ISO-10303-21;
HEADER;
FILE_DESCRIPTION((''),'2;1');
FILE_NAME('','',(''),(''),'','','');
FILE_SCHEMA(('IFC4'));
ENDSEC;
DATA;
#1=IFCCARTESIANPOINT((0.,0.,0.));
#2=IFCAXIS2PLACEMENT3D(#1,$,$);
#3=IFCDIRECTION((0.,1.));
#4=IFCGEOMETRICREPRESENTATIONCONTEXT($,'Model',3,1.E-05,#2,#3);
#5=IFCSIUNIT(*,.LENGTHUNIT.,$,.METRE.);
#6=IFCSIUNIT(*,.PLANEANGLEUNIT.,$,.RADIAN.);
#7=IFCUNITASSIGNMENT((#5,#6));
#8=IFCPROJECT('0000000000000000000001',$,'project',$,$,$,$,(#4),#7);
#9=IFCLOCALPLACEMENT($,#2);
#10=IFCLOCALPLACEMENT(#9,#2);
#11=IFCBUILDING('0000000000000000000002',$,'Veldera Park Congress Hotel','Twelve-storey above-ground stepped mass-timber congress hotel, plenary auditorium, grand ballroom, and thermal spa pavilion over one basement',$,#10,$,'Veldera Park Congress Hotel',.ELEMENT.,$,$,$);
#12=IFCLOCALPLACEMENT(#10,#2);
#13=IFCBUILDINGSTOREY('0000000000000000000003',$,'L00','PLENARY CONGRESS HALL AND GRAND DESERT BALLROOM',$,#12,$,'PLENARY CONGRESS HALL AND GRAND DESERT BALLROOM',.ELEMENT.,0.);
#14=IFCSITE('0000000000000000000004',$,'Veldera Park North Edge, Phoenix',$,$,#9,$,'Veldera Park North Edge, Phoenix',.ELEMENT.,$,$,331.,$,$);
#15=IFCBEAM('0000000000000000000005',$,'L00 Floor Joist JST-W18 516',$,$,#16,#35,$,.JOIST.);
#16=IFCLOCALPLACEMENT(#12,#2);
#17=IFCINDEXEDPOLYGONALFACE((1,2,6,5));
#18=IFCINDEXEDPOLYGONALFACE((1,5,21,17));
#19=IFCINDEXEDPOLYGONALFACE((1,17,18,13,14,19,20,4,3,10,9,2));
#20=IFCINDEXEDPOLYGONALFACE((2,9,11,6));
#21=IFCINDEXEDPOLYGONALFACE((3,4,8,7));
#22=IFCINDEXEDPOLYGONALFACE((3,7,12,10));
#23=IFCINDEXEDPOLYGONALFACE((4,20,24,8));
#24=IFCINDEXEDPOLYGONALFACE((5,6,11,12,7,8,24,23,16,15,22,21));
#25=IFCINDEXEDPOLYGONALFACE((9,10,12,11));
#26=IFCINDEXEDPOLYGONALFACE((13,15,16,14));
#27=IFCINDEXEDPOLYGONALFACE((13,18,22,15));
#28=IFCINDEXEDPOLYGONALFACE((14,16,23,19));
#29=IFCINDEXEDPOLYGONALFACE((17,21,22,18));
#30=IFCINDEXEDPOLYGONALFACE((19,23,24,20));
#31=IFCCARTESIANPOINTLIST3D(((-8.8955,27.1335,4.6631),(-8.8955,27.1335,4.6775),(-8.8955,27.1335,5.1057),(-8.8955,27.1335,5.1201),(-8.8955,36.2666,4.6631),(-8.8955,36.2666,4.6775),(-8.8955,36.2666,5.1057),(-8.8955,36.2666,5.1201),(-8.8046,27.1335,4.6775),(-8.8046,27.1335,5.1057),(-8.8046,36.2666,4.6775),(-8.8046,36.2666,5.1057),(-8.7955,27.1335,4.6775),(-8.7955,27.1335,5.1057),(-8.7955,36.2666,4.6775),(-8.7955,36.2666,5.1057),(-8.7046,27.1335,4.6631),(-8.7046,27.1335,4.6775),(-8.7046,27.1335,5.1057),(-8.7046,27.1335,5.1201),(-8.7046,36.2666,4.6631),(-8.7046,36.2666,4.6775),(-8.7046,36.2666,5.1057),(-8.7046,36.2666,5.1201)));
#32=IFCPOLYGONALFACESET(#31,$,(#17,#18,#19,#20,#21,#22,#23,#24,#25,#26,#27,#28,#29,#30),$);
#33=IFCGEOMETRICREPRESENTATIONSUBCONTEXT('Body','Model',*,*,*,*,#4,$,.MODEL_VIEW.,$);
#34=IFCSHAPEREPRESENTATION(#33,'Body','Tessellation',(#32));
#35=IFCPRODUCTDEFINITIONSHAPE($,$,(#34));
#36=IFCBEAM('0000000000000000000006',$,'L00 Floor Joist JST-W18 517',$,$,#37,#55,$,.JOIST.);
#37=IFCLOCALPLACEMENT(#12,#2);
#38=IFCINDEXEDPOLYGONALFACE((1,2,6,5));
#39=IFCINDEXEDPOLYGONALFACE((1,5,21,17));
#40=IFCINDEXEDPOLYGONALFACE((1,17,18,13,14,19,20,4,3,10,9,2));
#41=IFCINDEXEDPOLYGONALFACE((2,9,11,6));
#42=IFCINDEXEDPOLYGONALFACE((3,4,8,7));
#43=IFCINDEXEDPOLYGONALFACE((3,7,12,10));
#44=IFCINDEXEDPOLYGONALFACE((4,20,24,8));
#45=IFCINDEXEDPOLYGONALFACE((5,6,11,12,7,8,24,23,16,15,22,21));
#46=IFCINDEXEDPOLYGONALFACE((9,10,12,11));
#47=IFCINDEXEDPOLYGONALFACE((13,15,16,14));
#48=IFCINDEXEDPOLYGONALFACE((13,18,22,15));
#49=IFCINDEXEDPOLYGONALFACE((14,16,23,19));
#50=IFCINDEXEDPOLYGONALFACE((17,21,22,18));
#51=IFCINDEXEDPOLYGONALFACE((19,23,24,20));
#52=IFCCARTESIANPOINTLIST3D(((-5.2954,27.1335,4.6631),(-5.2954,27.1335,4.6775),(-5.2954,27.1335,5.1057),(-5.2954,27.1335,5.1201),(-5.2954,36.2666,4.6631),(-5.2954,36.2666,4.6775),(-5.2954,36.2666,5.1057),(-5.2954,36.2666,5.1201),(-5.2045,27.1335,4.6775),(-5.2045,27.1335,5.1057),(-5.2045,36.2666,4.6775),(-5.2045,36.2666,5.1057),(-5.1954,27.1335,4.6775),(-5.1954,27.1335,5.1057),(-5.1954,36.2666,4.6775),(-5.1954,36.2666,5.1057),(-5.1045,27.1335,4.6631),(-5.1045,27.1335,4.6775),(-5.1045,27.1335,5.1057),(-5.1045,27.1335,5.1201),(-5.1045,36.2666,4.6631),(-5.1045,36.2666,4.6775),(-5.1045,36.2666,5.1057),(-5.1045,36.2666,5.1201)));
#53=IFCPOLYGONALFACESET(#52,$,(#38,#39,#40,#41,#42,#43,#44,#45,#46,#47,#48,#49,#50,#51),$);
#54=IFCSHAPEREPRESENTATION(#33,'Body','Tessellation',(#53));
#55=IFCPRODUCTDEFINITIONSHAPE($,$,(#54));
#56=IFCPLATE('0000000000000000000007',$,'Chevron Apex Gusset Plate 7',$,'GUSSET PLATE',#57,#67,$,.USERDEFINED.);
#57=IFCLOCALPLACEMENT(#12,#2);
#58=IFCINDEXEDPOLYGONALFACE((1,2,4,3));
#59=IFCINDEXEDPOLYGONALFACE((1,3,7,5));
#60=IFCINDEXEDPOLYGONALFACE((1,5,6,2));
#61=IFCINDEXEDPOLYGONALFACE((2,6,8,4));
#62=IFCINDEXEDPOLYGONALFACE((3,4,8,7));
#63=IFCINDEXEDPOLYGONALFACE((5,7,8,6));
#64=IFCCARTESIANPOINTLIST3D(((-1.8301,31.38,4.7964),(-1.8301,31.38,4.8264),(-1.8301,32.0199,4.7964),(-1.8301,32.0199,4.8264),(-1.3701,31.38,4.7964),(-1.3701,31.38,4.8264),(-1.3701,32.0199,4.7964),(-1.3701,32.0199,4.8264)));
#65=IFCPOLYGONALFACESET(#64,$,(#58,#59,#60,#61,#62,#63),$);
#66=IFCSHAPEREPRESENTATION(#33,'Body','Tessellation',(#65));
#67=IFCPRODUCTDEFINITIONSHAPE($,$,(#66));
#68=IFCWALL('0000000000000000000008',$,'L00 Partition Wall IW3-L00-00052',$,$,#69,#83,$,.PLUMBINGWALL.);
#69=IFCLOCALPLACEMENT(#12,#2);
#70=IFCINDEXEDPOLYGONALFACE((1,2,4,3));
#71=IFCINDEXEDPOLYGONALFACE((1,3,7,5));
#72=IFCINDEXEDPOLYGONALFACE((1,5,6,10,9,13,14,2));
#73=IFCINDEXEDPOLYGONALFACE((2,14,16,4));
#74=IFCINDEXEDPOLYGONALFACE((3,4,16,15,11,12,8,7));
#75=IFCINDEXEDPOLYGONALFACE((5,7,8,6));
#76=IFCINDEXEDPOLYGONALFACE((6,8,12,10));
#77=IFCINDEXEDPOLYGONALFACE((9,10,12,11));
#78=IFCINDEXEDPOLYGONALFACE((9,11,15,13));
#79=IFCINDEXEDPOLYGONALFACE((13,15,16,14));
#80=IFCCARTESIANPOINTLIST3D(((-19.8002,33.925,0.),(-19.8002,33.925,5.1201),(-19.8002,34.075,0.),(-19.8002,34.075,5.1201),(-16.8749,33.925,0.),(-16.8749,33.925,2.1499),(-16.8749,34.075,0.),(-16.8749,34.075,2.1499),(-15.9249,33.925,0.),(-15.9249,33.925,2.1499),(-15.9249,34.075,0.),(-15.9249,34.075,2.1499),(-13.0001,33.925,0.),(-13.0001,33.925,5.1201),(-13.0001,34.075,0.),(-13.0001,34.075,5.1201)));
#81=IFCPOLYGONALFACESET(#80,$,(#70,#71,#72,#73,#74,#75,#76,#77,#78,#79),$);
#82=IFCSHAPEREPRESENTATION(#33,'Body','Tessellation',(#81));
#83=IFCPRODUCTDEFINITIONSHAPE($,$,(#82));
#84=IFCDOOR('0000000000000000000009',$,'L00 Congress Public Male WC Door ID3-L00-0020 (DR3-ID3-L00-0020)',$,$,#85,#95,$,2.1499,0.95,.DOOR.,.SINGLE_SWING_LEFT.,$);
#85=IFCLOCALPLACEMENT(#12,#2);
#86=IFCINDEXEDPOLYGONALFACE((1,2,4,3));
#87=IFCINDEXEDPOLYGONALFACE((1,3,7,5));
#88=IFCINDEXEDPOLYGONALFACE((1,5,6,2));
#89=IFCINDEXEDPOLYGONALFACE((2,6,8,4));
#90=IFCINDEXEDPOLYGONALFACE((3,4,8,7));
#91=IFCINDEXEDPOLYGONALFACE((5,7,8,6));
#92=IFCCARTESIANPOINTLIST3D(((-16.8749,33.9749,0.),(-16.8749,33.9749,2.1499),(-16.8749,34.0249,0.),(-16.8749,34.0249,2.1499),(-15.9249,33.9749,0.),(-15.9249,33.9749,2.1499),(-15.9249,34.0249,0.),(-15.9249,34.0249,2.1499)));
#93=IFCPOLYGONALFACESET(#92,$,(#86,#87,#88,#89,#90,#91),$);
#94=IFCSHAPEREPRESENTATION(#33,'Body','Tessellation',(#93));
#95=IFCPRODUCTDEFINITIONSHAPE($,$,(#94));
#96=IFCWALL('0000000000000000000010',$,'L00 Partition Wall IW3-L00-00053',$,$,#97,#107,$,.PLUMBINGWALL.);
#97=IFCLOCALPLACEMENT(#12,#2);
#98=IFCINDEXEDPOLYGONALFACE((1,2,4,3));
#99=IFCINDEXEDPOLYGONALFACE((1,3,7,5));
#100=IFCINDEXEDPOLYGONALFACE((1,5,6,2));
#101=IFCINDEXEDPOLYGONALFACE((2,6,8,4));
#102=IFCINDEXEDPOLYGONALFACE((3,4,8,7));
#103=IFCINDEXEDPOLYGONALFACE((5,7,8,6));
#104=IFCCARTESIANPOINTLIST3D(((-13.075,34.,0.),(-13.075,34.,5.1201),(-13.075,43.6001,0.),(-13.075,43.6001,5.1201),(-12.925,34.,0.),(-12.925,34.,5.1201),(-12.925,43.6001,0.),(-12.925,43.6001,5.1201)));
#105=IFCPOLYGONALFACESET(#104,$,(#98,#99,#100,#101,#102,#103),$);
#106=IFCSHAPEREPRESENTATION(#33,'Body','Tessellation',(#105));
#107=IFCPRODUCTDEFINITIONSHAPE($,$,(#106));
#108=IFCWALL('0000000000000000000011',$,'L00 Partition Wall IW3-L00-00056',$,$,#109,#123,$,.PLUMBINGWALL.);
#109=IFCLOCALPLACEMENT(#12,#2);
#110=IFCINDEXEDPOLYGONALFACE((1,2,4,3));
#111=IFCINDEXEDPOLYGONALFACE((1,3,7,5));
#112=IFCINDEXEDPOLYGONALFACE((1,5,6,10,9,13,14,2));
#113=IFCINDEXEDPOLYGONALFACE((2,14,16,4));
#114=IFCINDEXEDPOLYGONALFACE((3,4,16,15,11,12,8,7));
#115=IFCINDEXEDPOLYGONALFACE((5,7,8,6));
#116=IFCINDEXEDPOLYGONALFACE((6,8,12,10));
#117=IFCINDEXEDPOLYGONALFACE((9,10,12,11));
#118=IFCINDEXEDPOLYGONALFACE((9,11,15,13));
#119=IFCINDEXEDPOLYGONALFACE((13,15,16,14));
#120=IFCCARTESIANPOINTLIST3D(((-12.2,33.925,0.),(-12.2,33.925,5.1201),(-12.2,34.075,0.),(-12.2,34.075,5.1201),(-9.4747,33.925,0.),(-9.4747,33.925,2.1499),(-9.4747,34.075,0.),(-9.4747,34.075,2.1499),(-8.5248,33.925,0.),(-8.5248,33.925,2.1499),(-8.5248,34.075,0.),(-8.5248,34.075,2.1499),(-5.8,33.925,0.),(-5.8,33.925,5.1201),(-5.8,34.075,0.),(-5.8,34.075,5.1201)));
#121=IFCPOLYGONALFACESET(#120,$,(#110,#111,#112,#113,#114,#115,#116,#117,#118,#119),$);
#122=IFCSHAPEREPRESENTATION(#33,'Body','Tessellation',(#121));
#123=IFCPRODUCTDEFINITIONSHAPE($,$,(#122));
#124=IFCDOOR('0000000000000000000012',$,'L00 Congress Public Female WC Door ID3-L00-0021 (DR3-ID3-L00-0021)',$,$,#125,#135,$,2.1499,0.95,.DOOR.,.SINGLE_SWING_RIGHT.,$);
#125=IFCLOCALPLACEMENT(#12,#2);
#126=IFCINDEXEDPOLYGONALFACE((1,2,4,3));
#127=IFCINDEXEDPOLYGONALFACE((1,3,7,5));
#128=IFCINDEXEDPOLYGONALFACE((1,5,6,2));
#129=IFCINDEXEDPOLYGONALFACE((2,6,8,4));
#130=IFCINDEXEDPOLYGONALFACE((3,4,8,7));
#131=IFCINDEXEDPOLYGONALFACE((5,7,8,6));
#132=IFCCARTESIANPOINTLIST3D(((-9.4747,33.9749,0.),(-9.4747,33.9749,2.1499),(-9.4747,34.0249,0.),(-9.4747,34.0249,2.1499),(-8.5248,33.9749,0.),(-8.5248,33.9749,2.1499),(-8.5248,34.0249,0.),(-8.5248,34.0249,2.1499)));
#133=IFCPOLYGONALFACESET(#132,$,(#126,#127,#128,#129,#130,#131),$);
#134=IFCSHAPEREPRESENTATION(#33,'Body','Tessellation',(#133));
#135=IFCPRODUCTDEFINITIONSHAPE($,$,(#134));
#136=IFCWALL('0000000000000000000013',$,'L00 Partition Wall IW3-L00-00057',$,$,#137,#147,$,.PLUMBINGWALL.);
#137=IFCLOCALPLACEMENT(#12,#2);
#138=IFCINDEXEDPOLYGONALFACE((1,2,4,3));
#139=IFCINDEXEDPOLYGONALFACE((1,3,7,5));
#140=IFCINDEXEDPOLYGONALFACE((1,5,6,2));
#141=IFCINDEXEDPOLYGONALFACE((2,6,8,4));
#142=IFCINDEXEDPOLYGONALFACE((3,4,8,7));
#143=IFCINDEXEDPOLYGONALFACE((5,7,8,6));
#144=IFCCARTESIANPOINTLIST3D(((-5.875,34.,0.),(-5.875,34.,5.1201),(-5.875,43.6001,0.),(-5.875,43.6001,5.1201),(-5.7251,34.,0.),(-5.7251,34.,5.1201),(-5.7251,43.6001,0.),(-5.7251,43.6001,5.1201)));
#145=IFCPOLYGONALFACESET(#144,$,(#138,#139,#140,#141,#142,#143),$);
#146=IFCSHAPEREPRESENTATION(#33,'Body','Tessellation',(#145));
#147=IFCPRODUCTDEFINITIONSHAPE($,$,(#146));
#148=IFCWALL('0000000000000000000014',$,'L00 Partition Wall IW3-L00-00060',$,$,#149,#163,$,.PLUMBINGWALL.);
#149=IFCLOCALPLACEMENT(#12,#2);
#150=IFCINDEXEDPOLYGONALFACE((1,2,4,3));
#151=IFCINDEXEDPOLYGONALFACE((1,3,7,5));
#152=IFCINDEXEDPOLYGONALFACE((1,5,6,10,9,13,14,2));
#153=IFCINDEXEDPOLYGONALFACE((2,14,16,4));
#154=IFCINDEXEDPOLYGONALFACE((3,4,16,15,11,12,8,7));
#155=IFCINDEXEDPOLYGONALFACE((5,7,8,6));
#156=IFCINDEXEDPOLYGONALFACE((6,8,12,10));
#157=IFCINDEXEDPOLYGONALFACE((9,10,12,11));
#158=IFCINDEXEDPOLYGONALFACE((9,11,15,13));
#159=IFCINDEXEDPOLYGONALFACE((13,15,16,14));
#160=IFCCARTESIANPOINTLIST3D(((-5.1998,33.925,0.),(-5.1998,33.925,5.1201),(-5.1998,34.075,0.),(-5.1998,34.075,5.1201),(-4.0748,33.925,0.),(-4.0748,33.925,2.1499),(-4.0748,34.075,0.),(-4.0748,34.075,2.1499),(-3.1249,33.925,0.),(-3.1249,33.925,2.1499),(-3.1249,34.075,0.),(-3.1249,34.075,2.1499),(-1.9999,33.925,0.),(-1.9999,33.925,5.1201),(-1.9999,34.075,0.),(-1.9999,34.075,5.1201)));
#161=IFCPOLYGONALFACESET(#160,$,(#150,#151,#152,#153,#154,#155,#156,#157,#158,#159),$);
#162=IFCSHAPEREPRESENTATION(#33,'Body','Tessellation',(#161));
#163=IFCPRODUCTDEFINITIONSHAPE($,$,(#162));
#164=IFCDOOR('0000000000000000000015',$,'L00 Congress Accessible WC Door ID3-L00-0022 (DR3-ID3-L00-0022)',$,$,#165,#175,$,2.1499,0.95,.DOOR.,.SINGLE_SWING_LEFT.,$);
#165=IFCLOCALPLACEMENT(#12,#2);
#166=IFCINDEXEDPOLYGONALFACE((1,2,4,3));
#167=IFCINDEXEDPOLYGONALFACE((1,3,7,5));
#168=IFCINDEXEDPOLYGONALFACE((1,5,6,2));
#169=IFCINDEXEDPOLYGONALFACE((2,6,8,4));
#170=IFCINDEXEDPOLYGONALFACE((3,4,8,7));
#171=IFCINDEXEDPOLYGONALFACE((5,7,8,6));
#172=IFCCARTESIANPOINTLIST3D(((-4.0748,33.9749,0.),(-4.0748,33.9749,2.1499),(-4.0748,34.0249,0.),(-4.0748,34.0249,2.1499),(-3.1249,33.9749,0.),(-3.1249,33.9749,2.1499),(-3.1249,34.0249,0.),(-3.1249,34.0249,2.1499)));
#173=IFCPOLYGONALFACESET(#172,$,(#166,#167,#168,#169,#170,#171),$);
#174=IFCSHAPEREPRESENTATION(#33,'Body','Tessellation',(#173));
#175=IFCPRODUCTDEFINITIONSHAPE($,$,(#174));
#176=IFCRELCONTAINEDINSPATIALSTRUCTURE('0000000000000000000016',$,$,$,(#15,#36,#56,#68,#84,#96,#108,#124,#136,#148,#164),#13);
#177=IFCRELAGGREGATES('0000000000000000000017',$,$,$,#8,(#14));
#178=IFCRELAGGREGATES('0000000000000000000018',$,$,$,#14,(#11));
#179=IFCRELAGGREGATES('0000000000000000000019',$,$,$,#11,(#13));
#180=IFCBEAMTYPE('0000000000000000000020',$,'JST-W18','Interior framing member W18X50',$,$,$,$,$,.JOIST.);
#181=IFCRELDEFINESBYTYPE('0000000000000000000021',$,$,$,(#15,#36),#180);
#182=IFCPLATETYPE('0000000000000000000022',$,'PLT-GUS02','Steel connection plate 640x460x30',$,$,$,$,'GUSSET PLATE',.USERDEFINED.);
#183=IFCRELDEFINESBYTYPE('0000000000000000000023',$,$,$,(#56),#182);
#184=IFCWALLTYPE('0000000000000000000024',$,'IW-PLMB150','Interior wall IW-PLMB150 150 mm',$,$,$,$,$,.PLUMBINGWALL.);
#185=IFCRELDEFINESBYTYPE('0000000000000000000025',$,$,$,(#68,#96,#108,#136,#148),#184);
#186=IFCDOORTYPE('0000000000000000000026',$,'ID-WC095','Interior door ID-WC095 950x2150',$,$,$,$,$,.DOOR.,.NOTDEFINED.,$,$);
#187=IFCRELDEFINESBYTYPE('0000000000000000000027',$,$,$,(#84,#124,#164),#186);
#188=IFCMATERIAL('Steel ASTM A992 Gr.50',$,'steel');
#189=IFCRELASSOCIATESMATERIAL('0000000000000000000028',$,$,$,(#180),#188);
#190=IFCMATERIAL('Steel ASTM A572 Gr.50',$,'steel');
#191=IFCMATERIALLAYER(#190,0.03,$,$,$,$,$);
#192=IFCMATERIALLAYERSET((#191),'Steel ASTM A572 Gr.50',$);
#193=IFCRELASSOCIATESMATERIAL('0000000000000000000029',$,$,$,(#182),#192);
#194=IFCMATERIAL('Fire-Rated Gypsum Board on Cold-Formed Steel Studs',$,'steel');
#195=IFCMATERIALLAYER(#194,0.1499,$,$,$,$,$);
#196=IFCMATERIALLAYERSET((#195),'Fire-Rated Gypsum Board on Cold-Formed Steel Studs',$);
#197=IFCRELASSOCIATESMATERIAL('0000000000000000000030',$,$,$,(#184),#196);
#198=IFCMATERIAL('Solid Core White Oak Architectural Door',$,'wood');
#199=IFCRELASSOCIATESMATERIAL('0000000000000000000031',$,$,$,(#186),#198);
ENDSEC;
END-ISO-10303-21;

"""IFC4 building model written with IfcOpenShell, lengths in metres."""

from ifc_helpers import new_model, si_unit, direction, frame, frame_2d, origin, origin_2d, place, context, subcontext, project, spatial, rectangle, i_section, extrude, material, layer, layer_set, material_profile, profile_set, type_object, element, fill, save


model = new_model("IFC4")

# Units and contexts
model_context = context("Model", 3, precision=1e-05, world=origin(), true_north=direction((0.0, 1.0)))
body_context = subcontext(model_context, "Body", "Model", "MODEL_VIEW")
ifc_project = project(units=[si_unit("LENGTHUNIT", "METRE"), si_unit("PLANEANGLEUNIT", "RADIAN")], contexts=[model_context])

# Site, building, storey
site_placement = place(None, origin())
site = spatial("IfcSite", under=ifc_project, at=site_placement, Name="Veldera Park North Edge, Phoenix", LongName="Veldera Park North Edge, Phoenix", CompositionType="ELEMENT", RefElevation=331.0)
building_placement = place(site_placement, origin())
building = spatial("IfcBuilding", under=site, at=building_placement, Name="Veldera Park Congress Hotel", Description="Twelve-storey above-ground stepped mass-timber congress hotel, plenary auditorium, grand ballroom, and thermal spa pavilion over one basement", LongName="Veldera Park Congress Hotel", CompositionType="ELEMENT")
storey_placement = place(building_placement, origin())
storey = spatial("IfcBuildingStorey", under=building, at=storey_placement, Name="L00", Description="PLENARY CONGRESS HALL AND GRAND DESERT BALLROOM", LongName="PLENARY CONGRESS HALL AND GRAND DESERT BALLROOM", CompositionType="ELEMENT", Elevation=0.0)

# Shared definitions
ifc_material_1 = material(Name="Steel ASTM A992 Gr.50", Category="steel")

# Beams
ifc_material_profile_1 = material_profile(ifc_material_1, i_section(OverallWidth=0.1909, OverallDepth=0.457, WebThickness=0.009, FlangeThickness=0.0144, at=origin_2d()), Name="W18X50")
ifc_profile_set_1 = profile_set([ifc_material_profile_1], Name="Steel ASTM A992 Gr.50")
beam_type_1 = type_object("IfcBeamType", Name="JST-W18", Description="Interior framing member W18X50", PredefinedType="JOIST", material=ifc_profile_set_1)
for number, where, z_axis, x_axis, name in (
    (1, (-8.8, 27.1335, 4.8916), (0.0, 1.0, 0.0), (-1.0, 0.0, 0.0), "L00 Floor Joist JST-W18 516"),
    (2, (-5.2, 27.1335, 4.8916), (0.0, 1.0, 0.0), (-1.0, 0.0, 0.0), "L00 Floor Joist JST-W18 517"),
):
    element("IfcBeam", number, at=place(storey_placement, frame(where, z_axis=z_axis, x_axis=x_axis)), inside=storey, type_object=beam_type_1, Name=name, PredefinedType="JOIST", context=body_context, shape_type="SweptSolid", body=[
        extrude(i_section(OverallWidth=0.1909, OverallDepth=0.457, WebThickness=0.009, FlangeThickness=0.0144, at=origin_2d()), origin(), (0.0, 0.0, 1.0), 9.1331),
    ])

# Plate
ifc_material_2 = material(Name="Steel ASTM A572 Gr.50", Category="steel")
ifc_layer_1 = layer(ifc_material_2, 0.03)
ifc_layer_set_1 = layer_set([ifc_layer_1], Name="Steel ASTM A572 Gr.50")
plate_type = type_object("IfcPlateType", Name="PLT-GUS02", Description="Steel connection plate 640x460x30", ElementType="GUSSET PLATE", PredefinedType="USERDEFINED", material=ifc_layer_set_1)
plate_placement = place(storey_placement, frame((-1.6001, 31.7, 4.7964), z_axis=(0.0, 0.0, 1.0), x_axis=(0.0, 1.0, 0.0)))
element("IfcPlate", 3, at=plate_placement, inside=storey, type_object=plate_type, Name="Chevron Apex Gusset Plate 7", ObjectType="GUSSET PLATE", PredefinedType="USERDEFINED", context=body_context, shape_type="SweptSolid", body=[
    extrude(rectangle(XDim=0.6399, YDim=0.46, at=origin_2d()), origin(), (0.0, 0.0, 1.0), 0.03),
])

# Wall, opening, door
ifc_material_3 = material(Name="Fire-Rated Gypsum Board on Cold-Formed Steel Studs", Category="steel")
ifc_layer_2 = layer(ifc_material_3, 0.1499)
ifc_layer_set_2 = layer_set([ifc_layer_2], Name="Fire-Rated Gypsum Board on Cold-Formed Steel Studs")
wall_type_1 = type_object("IfcWallType", Name="IW-PLMB150", Description="Interior wall IW-PLMB150 150 mm", PredefinedType="PLUMBINGWALL", material=ifc_layer_set_2)
wall_1_placement = place(storey_placement, frame((-19.8, 34.0, 0.0), z_axis=(0.0, 0.0, 1.0), x_axis=(1.0, 0.0, 0.0)))
wall_1 = element("IfcWall", 4, at=wall_1_placement, inside=storey, type_object=wall_type_1, Name="L00 Partition Wall IW3-L00-00052", PredefinedType="PLUMBINGWALL", context=body_context, shape_type="SweptSolid", body=[
    extrude(rectangle(XDim=6.8, YDim=0.1499, at=frame_2d((3.3999, 0.0))), origin(), (0.0, 0.0, 1.0), 5.1201),
])
opening_1_placement = place(wall_1_placement, frame((2.925, 0.0, 0.0)))
opening_1 = element("IfcOpeningElement", 5, at=opening_1_placement, cuts=wall_1, PredefinedType="OPENING", context=body_context, shape_type="SweptSolid", body=[
    extrude(rectangle(XDim=0.95, YDim=2.1499, at=frame_2d((0.4751, 1.075))), frame((0.0, 0.0869, 0.0), z_axis=(0.0, -1.0, 0.0), x_axis=(1.0, 0.0, 0.0)), (0.0, 0.0, 1.0), 0.1738),
])
ifc_material_4 = material(Name="Solid Core White Oak Architectural Door", Category="wood")
door_type = type_object("IfcDoorType", Name="ID-WC095", Description="Interior door ID-WC095 950x2150", OperationType="NOTDEFINED", PredefinedType="DOOR", material=ifc_material_4)
door_1_placement = place(opening_1_placement, origin())
door_1 = element("IfcDoor", 6, at=door_1_placement, inside=storey, type_object=door_type, Name="L00 Congress Public Male WC Door ID3-L00-0020 (DR3-ID3-L00-0020)", OperationType="SINGLE_SWING_LEFT", OverallHeight=2.1499, OverallWidth=0.95, PredefinedType="DOOR", context=body_context, shape_type="SweptSolid", body=[
    extrude(rectangle(XDim=0.95, YDim=2.1499, at=frame_2d((0.4751, 1.075))), frame((0.0, 0.0249, 0.0), z_axis=(0.0, -1.0, 0.0), x_axis=(1.0, 0.0, 0.0)), (0.0, 0.0, 1.0), 0.05),
])
fill(opening_1, door_1)

# Wall
wall_2_placement = place(storey_placement, frame((-13.0, 34.0, 0.0), z_axis=(0.0, 0.0, 1.0), x_axis=(0.0, 1.0, 0.0)))
element("IfcWall", 7, at=wall_2_placement, inside=storey, type_object=wall_type_1, Name="L00 Partition Wall IW3-L00-00053", PredefinedType="PLUMBINGWALL", context=body_context, shape_type="SweptSolid", body=[
    extrude(rectangle(XDim=9.6001, YDim=0.1499, at=frame_2d((4.8, 0.0))), origin(), (0.0, 0.0, 1.0), 5.1201),
])

# Wall, opening, door
wall_3_placement = place(storey_placement, frame((-12.2, 34.0, 0.0), z_axis=(0.0, 0.0, 1.0), x_axis=(1.0, 0.0, 0.0)))
wall_3 = element("IfcWall", 8, at=wall_3_placement, inside=storey, type_object=wall_type_1, Name="L00 Partition Wall IW3-L00-00056", PredefinedType="PLUMBINGWALL", context=body_context, shape_type="SweptSolid", body=[
    extrude(rectangle(XDim=6.3999, YDim=0.1499, at=frame_2d((3.2, 0.0))), origin(), (0.0, 0.0, 1.0), 5.1201),
])
opening_2_placement = place(wall_3_placement, frame((2.7251, 0.0, 0.0)))
opening_2 = element("IfcOpeningElement", 9, at=opening_2_placement, cuts=wall_3, PredefinedType="OPENING", context=body_context, shape_type="SweptSolid", body=[
    extrude(rectangle(XDim=0.95, YDim=2.1499, at=frame_2d((0.4751, 1.075))), frame((0.0, 0.0869, 0.0), z_axis=(0.0, -1.0, 0.0), x_axis=(1.0, 0.0, 0.0)), (0.0, 0.0, 1.0), 0.1738),
])
door_2_placement = place(opening_2_placement, origin())
door_2 = element("IfcDoor", 10, at=door_2_placement, inside=storey, type_object=door_type, Name="L00 Congress Public Female WC Door ID3-L00-0021 (DR3-ID3-L00-0021)", OperationType="SINGLE_SWING_RIGHT", OverallHeight=2.1499, OverallWidth=0.95, PredefinedType="DOOR", context=body_context, shape_type="SweptSolid", body=[
    extrude(rectangle(XDim=0.95, YDim=2.1499, at=frame_2d((0.4751, 1.075))), frame((0.0, 0.0249, 0.0), z_axis=(0.0, -1.0, 0.0), x_axis=(1.0, 0.0, 0.0)), (0.0, 0.0, 1.0), 0.05),
])
fill(opening_2, door_2)

# Wall
wall_4_placement = place(storey_placement, frame((-5.8, 34.0, 0.0), z_axis=(0.0, 0.0, 1.0), x_axis=(0.0, 1.0, 0.0)))
element("IfcWall", 11, at=wall_4_placement, inside=storey, type_object=wall_type_1, Name="L00 Partition Wall IW3-L00-00057", PredefinedType="PLUMBINGWALL", context=body_context, shape_type="SweptSolid", body=[
    extrude(rectangle(XDim=9.6001, YDim=0.1499, at=frame_2d((4.8, 0.0))), origin(), (0.0, 0.0, 1.0), 5.1201),
])

# Wall, opening, door
wall_5_placement = place(storey_placement, frame((-5.2, 34.0, 0.0), z_axis=(0.0, 0.0, 1.0), x_axis=(1.0, 0.0, 0.0)))
wall_5 = element("IfcWall", 12, at=wall_5_placement, inside=storey, type_object=wall_type_1, Name="L00 Partition Wall IW3-L00-00060", PredefinedType="PLUMBINGWALL", context=body_context, shape_type="SweptSolid", body=[
    extrude(rectangle(XDim=3.2, YDim=0.1499, at=frame_2d((1.6001, 0.0))), origin(), (0.0, 0.0, 1.0), 5.1201),
])
opening_3_placement = place(wall_5_placement, frame((1.125, 0.0, 0.0)))
opening_3 = element("IfcOpeningElement", 13, at=opening_3_placement, cuts=wall_5, PredefinedType="OPENING", context=body_context, shape_type="SweptSolid", body=[
    extrude(rectangle(XDim=0.95, YDim=2.1499, at=frame_2d((0.4751, 1.075))), frame((0.0, 0.0869, 0.0), z_axis=(0.0, -1.0, 0.0), x_axis=(1.0, 0.0, 0.0)), (0.0, 0.0, 1.0), 0.1738),
])
door_3_placement = place(opening_3_placement, origin())
door_3 = element("IfcDoor", 14, at=door_3_placement, inside=storey, type_object=door_type, Name="L00 Congress Accessible WC Door ID3-L00-0022 (DR3-ID3-L00-0022)", OperationType="SINGLE_SWING_LEFT", OverallHeight=2.1499, OverallWidth=0.95, PredefinedType="DOOR", context=body_context, shape_type="SweptSolid", body=[
    extrude(rectangle(XDim=0.95, YDim=2.1499, at=frame_2d((0.4751, 1.075))), frame((0.0, 0.0249, 0.0), z_axis=(0.0, -1.0, 0.0), x_axis=(1.0, 0.0, 0.0)), (0.0, 0.0, 1.0), 0.05),
])
fill(opening_3, door_3)

save(model, "model.ifc")
